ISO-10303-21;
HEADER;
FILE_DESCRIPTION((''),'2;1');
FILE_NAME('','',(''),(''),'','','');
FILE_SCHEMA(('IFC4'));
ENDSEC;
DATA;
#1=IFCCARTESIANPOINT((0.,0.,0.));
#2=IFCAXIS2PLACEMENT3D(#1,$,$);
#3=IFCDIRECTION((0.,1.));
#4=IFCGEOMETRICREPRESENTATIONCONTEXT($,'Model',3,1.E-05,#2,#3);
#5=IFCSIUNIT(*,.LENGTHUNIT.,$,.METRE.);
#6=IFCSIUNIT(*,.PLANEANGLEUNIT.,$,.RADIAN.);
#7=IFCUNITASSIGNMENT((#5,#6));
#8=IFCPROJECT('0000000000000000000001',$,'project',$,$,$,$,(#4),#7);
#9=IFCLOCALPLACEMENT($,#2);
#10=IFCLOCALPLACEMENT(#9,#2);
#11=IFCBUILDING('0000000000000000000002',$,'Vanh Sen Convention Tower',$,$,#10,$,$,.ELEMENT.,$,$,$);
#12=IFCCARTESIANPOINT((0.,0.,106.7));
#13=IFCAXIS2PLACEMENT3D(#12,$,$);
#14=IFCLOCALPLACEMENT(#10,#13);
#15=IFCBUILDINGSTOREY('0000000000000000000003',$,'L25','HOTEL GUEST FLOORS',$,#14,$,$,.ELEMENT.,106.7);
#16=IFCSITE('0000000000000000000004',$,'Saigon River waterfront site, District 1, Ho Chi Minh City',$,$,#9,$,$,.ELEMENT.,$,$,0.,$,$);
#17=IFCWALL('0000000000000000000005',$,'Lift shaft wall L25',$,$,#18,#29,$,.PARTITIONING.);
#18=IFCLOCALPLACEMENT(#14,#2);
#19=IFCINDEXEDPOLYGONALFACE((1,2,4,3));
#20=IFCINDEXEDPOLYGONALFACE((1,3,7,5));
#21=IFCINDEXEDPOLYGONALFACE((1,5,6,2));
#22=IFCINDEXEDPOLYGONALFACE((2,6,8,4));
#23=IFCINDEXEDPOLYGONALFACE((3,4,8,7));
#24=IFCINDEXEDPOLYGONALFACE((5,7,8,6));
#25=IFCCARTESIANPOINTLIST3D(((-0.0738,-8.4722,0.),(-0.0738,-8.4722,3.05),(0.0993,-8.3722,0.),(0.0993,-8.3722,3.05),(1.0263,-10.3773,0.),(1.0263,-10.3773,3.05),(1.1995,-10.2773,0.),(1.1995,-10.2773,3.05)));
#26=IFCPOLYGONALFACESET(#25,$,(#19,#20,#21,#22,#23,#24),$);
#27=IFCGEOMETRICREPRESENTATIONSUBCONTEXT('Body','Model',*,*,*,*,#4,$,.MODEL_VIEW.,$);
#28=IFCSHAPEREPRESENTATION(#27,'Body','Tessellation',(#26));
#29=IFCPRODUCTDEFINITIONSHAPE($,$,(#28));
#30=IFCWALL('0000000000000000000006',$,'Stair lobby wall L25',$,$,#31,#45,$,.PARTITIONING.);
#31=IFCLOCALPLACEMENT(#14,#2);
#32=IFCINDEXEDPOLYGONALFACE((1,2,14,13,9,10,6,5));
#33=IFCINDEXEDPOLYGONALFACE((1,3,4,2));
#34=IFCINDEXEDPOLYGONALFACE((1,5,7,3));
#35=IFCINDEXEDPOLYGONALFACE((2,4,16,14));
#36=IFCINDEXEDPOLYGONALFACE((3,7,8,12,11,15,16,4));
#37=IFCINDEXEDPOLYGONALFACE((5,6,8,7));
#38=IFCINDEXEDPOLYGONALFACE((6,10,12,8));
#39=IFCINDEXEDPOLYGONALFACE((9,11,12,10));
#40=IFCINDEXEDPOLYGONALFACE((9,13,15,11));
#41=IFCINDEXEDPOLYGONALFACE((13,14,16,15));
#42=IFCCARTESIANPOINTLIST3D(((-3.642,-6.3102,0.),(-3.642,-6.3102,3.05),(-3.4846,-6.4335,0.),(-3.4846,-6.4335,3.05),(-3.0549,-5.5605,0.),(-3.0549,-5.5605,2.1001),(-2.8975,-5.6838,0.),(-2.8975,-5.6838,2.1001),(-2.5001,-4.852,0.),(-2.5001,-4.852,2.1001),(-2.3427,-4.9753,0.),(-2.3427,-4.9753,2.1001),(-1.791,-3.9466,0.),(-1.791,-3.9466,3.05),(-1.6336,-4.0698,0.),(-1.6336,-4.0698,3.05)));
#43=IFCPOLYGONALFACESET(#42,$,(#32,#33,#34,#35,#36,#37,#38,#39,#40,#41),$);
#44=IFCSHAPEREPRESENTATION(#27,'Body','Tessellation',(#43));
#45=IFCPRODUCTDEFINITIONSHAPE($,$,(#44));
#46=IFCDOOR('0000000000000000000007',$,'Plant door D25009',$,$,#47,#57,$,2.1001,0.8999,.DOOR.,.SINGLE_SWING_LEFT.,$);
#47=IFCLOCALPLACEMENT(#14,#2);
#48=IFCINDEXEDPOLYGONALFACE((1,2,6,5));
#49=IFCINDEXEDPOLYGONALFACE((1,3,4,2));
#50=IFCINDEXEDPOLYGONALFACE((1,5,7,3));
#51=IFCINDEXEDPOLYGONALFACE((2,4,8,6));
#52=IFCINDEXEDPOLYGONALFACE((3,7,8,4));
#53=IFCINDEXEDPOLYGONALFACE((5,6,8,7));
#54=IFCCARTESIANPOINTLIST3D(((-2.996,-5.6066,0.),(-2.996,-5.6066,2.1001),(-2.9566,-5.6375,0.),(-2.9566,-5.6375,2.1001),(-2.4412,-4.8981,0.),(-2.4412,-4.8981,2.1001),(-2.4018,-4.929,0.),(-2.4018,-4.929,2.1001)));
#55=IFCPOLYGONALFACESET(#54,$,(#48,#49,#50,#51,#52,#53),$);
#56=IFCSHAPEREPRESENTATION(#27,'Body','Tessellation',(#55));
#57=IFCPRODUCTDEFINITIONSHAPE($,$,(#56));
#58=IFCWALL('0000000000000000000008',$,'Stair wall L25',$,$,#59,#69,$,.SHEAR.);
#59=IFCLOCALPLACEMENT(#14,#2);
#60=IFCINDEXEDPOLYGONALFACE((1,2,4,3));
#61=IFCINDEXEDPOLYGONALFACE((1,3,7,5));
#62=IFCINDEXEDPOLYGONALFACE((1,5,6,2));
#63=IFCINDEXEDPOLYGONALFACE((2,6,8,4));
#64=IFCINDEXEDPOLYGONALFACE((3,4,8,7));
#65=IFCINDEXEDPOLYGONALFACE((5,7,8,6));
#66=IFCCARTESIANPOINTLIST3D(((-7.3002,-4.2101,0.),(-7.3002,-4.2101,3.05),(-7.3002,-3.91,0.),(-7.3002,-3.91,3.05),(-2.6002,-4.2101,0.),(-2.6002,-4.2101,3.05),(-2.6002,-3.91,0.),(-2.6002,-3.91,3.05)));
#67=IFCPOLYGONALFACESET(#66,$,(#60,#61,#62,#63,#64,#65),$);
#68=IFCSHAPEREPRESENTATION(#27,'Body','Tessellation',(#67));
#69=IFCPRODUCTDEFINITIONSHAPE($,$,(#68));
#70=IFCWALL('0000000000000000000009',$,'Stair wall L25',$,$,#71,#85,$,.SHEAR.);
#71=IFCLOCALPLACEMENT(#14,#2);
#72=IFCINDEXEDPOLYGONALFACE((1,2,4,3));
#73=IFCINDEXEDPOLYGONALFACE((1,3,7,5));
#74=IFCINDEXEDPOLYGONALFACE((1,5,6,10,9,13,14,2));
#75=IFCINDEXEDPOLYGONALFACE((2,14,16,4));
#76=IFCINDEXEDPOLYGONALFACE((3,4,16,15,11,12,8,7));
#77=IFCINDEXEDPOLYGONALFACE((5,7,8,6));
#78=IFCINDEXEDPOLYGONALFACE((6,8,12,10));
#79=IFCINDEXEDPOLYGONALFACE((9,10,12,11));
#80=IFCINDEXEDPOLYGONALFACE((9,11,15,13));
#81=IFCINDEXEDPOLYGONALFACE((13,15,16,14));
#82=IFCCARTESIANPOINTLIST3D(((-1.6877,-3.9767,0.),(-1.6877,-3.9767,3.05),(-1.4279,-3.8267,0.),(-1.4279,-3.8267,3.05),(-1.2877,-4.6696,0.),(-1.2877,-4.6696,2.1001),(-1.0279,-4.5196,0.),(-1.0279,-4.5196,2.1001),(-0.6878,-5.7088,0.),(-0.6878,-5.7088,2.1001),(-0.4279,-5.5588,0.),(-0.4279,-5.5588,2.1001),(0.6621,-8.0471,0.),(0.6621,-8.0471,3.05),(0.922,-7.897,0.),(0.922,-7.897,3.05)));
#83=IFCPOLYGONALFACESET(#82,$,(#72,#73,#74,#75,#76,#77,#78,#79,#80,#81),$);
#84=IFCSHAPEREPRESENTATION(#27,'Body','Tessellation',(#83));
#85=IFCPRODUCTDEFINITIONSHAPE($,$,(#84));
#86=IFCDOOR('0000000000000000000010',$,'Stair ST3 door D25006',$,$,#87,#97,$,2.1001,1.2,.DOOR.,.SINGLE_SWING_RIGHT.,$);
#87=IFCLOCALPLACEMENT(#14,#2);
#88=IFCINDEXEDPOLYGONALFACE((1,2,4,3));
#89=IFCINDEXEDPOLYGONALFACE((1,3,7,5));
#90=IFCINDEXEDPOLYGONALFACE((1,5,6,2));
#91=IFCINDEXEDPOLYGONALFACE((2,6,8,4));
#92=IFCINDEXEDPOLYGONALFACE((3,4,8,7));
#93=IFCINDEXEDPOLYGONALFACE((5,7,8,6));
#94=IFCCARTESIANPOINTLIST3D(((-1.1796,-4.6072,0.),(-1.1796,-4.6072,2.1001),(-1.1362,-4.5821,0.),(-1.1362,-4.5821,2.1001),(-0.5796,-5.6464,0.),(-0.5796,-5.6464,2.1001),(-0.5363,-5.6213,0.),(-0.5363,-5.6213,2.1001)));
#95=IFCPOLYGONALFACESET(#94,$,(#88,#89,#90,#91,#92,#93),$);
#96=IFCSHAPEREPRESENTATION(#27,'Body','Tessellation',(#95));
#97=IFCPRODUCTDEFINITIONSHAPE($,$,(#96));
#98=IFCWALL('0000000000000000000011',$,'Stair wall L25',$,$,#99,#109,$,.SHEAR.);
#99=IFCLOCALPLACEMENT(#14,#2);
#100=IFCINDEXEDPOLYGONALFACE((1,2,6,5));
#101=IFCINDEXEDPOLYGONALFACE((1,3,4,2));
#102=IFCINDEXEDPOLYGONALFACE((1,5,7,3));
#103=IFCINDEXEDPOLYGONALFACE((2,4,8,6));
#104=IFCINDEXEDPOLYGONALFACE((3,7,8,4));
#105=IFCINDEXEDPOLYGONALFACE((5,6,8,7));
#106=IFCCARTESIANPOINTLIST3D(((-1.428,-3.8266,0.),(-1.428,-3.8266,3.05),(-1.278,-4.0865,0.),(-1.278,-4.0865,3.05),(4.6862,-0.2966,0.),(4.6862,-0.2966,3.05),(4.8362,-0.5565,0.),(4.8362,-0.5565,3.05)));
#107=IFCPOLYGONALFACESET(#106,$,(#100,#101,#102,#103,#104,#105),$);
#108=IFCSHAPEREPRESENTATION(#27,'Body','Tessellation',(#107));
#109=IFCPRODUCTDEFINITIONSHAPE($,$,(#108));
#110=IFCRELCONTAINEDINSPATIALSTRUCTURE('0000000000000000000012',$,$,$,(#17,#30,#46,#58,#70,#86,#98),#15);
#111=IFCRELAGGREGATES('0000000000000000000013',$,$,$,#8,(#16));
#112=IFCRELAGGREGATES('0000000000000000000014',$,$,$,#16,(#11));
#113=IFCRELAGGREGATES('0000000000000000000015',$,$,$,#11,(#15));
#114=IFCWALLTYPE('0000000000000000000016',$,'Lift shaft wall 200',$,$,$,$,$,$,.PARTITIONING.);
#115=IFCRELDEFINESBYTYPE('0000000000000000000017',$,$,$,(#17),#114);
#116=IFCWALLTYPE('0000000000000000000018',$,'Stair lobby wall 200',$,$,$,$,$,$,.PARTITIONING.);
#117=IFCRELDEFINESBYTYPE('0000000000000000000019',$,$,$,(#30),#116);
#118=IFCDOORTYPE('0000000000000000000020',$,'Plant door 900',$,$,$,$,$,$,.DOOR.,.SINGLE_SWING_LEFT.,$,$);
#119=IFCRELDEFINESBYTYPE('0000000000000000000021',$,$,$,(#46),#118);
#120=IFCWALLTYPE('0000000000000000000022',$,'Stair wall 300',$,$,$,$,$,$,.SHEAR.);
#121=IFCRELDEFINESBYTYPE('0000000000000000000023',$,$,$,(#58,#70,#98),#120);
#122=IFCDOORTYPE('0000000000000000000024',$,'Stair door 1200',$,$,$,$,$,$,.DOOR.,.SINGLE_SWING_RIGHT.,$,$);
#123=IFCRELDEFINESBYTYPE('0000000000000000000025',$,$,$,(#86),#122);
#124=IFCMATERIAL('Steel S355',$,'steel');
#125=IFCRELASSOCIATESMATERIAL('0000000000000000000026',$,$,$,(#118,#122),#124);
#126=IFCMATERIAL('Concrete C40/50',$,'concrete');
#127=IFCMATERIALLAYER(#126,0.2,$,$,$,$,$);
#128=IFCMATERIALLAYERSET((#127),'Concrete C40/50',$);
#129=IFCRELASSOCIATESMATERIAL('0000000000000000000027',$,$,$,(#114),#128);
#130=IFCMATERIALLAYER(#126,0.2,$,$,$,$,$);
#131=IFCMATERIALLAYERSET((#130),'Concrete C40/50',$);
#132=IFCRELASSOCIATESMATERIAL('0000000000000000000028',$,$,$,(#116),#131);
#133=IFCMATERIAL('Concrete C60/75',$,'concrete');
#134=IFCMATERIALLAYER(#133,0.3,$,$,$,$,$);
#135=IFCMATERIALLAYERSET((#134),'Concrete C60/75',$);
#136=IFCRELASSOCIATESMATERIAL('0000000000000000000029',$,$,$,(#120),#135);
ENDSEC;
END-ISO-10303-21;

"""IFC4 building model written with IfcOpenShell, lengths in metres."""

from ifc_helpers import new_model, si_unit, direction, frame, frame_2d, origin, place, context, subcontext, project, spatial, rectangle, extrude, material, layer, layer_set, type_object, element, fill, save


model = new_model("IFC4")

# Units and contexts
model_context = context("Model", 3, precision=1e-05, world=origin(), true_north=direction((0.0, 1.0)))
body_context = subcontext(model_context, "Body", "Model", "MODEL_VIEW")
ifc_project = project(units=[si_unit("LENGTHUNIT", "METRE"), si_unit("PLANEANGLEUNIT", "RADIAN")], contexts=[model_context])

# Site, building, storey
site_placement = place(None, origin())
site = spatial("IfcSite", under=ifc_project, at=site_placement, Name="Saigon River waterfront site, District 1, Ho Chi Minh City", CompositionType="ELEMENT", RefElevation=0.0)
building_placement = place(site_placement, origin())
building = spatial("IfcBuilding", under=site, at=building_placement, Name="Vanh Sen Convention Tower", CompositionType="ELEMENT")
storey_placement = place(building_placement, frame((0.0, 0.0, 106.7)))
storey = spatial("IfcBuildingStorey", under=building, at=storey_placement, Name="L25", Description="HOTEL GUEST FLOORS", CompositionType="ELEMENT", Elevation=106.7)

# Shared definitions
ifc_material_1 = material(Name="Concrete C40/50", Category="concrete")

# Shared definitions
ifc_material_2 = material(Name="Steel S355", Category="steel")
door_type_1 = type_object("IfcDoorType", Name="Plant door 900", OperationType="SINGLE_SWING_LEFT", PredefinedType="DOOR", material=ifc_material_2)

# Wall
ifc_layer_1 = layer(ifc_material_1, 0.2)
ifc_layer_set_1 = layer_set([ifc_layer_1], Name="Concrete C40/50")
wall_type_1 = type_object("IfcWallType", Name="Lift shaft wall 200", PredefinedType="PARTITIONING", material=ifc_layer_set_1)
wall_1_placement = place(storey_placement, frame((0.0127, -8.4221, 0.0), z_axis=(0.0, 0.0, 1.0), x_axis=(0.500078, -0.86598, 0.0)))
element("IfcWall", 1, at=wall_1_placement, inside=storey, type_object=wall_type_1, Name="Lift shaft wall L25", PredefinedType="PARTITIONING", context=body_context, shape_type="SweptSolid", body=[
    extrude(rectangle(XDim=2.2, YDim=0.2, at=frame_2d((1.1001, 0.0))), origin(), (0.0, 0.0, 1.0), 3.05),
])

# Wall, opening, door
ifc_layer_2 = layer(ifc_material_1, 0.2)
ifc_layer_set_2 = layer_set([ifc_layer_2], Name="Concrete C40/50")
wall_type_2 = type_object("IfcWallType", Name="Stair lobby wall 200", PredefinedType="PARTITIONING", material=ifc_layer_set_2)
wall_2_placement = place(storey_placement, frame((-1.7124, -4.0083, 0.0), z_axis=(0.0, 0.0, 1.0), x_axis=(-0.616549, -0.787316, 0.0)))
wall_2 = element("IfcWall", 2, at=wall_2_placement, inside=storey, type_object=wall_type_2, Name="Stair lobby wall L25", PredefinedType="PARTITIONING", context=body_context, shape_type="SweptSolid", body=[
    extrude(rectangle(XDim=3.0022, YDim=0.2, at=frame_2d((1.501, 0.0))), origin(), (0.0, 0.0, 1.0), 3.05),
])
opening_1_placement = place(wall_2_placement, frame((1.1499, 0.0, 0.0)))
opening_1 = element("IfcOpeningElement", 3, at=opening_1_placement, cuts=wall_2, PredefinedType="OPENING", context=body_context, shape_type="SweptSolid", body=[
    extrude(rectangle(XDim=0.8999, YDim=2.1001, at=frame_2d((0.45, 1.05))), frame((0.0, 0.1099, 0.0), z_axis=(0.0, -1.0, 0.0), x_axis=(1.0, 0.0, 0.0)), (0.0, 0.0, 1.0), 0.22),
])
door_1_placement = place(opening_1_placement, origin())
door_1 = element("IfcDoor", 4, at=door_1_placement, inside=storey, type_object=door_type_1, Name="Plant door D25009", OperationType="SINGLE_SWING_LEFT", OverallHeight=2.1001, OverallWidth=0.8999, PredefinedType="DOOR", context=body_context, shape_type="SweptSolid", body=[
    extrude(rectangle(XDim=0.8999, YDim=2.1001, at=frame_2d((0.45, 1.05))), frame((0.0, 0.0249, 0.0), z_axis=(0.0, -1.0, 0.0), x_axis=(1.0, 0.0, 0.0)), (0.0, 0.0, 1.0), 0.05),
])
fill(opening_1, door_1)

# Wall
ifc_material_3 = material(Name="Concrete C60/75", Category="concrete")
ifc_layer_3 = layer(ifc_material_3, 0.3)
ifc_layer_set_3 = layer_set([ifc_layer_3], Name="Concrete C60/75")
wall_type_3 = type_object("IfcWallType", Name="Stair wall 300", PredefinedType="SHEAR", material=ifc_layer_set_3)
wall_3_placement = place(storey_placement, frame((-2.6001, -4.0601, 0.0), z_axis=(0.0, 0.0, 1.0), x_axis=(-1.0, 0.0, 0.0)))
element("IfcWall", 5, at=wall_3_placement, inside=storey, type_object=wall_type_3, Name="Stair wall L25", PredefinedType="SHEAR", context=body_context, shape_type="SweptSolid", body=[
    extrude(rectangle(XDim=4.7, YDim=0.3, at=frame_2d((2.3501, 0.0))), origin(), (0.0, 0.0, 1.0), 3.05),
])

# Wall, opening, door
wall_4_placement = place(storey_placement, frame((-1.5579, -3.9016, 0.0), z_axis=(0.0, 0.0, 1.0), x_axis=(0.499977, -0.866039, 0.0)))
wall_4 = element("IfcWall", 6, at=wall_4_placement, inside=storey, type_object=wall_type_3, Name="Stair wall L25", PredefinedType="SHEAR", context=body_context, shape_type="SweptSolid", body=[
    extrude(rectangle(XDim=4.7, YDim=0.3, at=frame_2d((2.3501, 0.0))), origin(), (0.0, 0.0, 1.0), 3.05),
])
opening_2_placement = place(wall_4_placement, frame((0.8, 0.0, 0.0)))
opening_2 = element("IfcOpeningElement", 7, at=opening_2_placement, cuts=wall_4, PredefinedType="OPENING", context=body_context, shape_type="SweptSolid", body=[
    extrude(rectangle(XDim=1.2, YDim=2.1001, at=frame_2d((0.6001, 1.05))), frame((0.0, 0.1599, 0.0), z_axis=(0.0, -1.0, 0.0), x_axis=(1.0, 0.0, 0.0)), (0.0, 0.0, 1.0), 0.3201),
])
door_type_2 = type_object("IfcDoorType", Name="Stair door 1200", OperationType="SINGLE_SWING_RIGHT", PredefinedType="DOOR", material=ifc_material_2)
door_2_placement = place(opening_2_placement, origin())
door_2 = element("IfcDoor", 8, at=door_2_placement, inside=storey, type_object=door_type_2, Name="Stair ST3 door D25006", OperationType="SINGLE_SWING_RIGHT", OverallHeight=2.1001, OverallWidth=1.2, PredefinedType="DOOR", context=body_context, shape_type="SweptSolid", body=[
    extrude(rectangle(XDim=1.2, YDim=2.1001, at=frame_2d((0.6001, 1.05))), frame((0.0, 0.0249, 0.0), z_axis=(0.0, -1.0, 0.0), x_axis=(1.0, 0.0, 0.0)), (0.0, 0.0, 1.0), 0.05),
])
fill(opening_2, door_2)

# Wall
wall_5_placement = place(storey_placement, frame((-1.353, -3.9565, 0.0), z_axis=(0.0, 0.0, 1.0), x_axis=(0.866028, 0.499996, 0.0)))
element("IfcWall", 9, at=wall_5_placement, inside=storey, type_object=wall_type_3, Name="Stair wall L25", PredefinedType="SHEAR", context=body_context, shape_type="SweptSolid", body=[
    extrude(rectangle(XDim=7.0601, YDim=0.3, at=frame_2d((3.53, 0.0))), origin(), (0.0, 0.0, 1.0), 3.05),
])

save(model, "model.ifc")
